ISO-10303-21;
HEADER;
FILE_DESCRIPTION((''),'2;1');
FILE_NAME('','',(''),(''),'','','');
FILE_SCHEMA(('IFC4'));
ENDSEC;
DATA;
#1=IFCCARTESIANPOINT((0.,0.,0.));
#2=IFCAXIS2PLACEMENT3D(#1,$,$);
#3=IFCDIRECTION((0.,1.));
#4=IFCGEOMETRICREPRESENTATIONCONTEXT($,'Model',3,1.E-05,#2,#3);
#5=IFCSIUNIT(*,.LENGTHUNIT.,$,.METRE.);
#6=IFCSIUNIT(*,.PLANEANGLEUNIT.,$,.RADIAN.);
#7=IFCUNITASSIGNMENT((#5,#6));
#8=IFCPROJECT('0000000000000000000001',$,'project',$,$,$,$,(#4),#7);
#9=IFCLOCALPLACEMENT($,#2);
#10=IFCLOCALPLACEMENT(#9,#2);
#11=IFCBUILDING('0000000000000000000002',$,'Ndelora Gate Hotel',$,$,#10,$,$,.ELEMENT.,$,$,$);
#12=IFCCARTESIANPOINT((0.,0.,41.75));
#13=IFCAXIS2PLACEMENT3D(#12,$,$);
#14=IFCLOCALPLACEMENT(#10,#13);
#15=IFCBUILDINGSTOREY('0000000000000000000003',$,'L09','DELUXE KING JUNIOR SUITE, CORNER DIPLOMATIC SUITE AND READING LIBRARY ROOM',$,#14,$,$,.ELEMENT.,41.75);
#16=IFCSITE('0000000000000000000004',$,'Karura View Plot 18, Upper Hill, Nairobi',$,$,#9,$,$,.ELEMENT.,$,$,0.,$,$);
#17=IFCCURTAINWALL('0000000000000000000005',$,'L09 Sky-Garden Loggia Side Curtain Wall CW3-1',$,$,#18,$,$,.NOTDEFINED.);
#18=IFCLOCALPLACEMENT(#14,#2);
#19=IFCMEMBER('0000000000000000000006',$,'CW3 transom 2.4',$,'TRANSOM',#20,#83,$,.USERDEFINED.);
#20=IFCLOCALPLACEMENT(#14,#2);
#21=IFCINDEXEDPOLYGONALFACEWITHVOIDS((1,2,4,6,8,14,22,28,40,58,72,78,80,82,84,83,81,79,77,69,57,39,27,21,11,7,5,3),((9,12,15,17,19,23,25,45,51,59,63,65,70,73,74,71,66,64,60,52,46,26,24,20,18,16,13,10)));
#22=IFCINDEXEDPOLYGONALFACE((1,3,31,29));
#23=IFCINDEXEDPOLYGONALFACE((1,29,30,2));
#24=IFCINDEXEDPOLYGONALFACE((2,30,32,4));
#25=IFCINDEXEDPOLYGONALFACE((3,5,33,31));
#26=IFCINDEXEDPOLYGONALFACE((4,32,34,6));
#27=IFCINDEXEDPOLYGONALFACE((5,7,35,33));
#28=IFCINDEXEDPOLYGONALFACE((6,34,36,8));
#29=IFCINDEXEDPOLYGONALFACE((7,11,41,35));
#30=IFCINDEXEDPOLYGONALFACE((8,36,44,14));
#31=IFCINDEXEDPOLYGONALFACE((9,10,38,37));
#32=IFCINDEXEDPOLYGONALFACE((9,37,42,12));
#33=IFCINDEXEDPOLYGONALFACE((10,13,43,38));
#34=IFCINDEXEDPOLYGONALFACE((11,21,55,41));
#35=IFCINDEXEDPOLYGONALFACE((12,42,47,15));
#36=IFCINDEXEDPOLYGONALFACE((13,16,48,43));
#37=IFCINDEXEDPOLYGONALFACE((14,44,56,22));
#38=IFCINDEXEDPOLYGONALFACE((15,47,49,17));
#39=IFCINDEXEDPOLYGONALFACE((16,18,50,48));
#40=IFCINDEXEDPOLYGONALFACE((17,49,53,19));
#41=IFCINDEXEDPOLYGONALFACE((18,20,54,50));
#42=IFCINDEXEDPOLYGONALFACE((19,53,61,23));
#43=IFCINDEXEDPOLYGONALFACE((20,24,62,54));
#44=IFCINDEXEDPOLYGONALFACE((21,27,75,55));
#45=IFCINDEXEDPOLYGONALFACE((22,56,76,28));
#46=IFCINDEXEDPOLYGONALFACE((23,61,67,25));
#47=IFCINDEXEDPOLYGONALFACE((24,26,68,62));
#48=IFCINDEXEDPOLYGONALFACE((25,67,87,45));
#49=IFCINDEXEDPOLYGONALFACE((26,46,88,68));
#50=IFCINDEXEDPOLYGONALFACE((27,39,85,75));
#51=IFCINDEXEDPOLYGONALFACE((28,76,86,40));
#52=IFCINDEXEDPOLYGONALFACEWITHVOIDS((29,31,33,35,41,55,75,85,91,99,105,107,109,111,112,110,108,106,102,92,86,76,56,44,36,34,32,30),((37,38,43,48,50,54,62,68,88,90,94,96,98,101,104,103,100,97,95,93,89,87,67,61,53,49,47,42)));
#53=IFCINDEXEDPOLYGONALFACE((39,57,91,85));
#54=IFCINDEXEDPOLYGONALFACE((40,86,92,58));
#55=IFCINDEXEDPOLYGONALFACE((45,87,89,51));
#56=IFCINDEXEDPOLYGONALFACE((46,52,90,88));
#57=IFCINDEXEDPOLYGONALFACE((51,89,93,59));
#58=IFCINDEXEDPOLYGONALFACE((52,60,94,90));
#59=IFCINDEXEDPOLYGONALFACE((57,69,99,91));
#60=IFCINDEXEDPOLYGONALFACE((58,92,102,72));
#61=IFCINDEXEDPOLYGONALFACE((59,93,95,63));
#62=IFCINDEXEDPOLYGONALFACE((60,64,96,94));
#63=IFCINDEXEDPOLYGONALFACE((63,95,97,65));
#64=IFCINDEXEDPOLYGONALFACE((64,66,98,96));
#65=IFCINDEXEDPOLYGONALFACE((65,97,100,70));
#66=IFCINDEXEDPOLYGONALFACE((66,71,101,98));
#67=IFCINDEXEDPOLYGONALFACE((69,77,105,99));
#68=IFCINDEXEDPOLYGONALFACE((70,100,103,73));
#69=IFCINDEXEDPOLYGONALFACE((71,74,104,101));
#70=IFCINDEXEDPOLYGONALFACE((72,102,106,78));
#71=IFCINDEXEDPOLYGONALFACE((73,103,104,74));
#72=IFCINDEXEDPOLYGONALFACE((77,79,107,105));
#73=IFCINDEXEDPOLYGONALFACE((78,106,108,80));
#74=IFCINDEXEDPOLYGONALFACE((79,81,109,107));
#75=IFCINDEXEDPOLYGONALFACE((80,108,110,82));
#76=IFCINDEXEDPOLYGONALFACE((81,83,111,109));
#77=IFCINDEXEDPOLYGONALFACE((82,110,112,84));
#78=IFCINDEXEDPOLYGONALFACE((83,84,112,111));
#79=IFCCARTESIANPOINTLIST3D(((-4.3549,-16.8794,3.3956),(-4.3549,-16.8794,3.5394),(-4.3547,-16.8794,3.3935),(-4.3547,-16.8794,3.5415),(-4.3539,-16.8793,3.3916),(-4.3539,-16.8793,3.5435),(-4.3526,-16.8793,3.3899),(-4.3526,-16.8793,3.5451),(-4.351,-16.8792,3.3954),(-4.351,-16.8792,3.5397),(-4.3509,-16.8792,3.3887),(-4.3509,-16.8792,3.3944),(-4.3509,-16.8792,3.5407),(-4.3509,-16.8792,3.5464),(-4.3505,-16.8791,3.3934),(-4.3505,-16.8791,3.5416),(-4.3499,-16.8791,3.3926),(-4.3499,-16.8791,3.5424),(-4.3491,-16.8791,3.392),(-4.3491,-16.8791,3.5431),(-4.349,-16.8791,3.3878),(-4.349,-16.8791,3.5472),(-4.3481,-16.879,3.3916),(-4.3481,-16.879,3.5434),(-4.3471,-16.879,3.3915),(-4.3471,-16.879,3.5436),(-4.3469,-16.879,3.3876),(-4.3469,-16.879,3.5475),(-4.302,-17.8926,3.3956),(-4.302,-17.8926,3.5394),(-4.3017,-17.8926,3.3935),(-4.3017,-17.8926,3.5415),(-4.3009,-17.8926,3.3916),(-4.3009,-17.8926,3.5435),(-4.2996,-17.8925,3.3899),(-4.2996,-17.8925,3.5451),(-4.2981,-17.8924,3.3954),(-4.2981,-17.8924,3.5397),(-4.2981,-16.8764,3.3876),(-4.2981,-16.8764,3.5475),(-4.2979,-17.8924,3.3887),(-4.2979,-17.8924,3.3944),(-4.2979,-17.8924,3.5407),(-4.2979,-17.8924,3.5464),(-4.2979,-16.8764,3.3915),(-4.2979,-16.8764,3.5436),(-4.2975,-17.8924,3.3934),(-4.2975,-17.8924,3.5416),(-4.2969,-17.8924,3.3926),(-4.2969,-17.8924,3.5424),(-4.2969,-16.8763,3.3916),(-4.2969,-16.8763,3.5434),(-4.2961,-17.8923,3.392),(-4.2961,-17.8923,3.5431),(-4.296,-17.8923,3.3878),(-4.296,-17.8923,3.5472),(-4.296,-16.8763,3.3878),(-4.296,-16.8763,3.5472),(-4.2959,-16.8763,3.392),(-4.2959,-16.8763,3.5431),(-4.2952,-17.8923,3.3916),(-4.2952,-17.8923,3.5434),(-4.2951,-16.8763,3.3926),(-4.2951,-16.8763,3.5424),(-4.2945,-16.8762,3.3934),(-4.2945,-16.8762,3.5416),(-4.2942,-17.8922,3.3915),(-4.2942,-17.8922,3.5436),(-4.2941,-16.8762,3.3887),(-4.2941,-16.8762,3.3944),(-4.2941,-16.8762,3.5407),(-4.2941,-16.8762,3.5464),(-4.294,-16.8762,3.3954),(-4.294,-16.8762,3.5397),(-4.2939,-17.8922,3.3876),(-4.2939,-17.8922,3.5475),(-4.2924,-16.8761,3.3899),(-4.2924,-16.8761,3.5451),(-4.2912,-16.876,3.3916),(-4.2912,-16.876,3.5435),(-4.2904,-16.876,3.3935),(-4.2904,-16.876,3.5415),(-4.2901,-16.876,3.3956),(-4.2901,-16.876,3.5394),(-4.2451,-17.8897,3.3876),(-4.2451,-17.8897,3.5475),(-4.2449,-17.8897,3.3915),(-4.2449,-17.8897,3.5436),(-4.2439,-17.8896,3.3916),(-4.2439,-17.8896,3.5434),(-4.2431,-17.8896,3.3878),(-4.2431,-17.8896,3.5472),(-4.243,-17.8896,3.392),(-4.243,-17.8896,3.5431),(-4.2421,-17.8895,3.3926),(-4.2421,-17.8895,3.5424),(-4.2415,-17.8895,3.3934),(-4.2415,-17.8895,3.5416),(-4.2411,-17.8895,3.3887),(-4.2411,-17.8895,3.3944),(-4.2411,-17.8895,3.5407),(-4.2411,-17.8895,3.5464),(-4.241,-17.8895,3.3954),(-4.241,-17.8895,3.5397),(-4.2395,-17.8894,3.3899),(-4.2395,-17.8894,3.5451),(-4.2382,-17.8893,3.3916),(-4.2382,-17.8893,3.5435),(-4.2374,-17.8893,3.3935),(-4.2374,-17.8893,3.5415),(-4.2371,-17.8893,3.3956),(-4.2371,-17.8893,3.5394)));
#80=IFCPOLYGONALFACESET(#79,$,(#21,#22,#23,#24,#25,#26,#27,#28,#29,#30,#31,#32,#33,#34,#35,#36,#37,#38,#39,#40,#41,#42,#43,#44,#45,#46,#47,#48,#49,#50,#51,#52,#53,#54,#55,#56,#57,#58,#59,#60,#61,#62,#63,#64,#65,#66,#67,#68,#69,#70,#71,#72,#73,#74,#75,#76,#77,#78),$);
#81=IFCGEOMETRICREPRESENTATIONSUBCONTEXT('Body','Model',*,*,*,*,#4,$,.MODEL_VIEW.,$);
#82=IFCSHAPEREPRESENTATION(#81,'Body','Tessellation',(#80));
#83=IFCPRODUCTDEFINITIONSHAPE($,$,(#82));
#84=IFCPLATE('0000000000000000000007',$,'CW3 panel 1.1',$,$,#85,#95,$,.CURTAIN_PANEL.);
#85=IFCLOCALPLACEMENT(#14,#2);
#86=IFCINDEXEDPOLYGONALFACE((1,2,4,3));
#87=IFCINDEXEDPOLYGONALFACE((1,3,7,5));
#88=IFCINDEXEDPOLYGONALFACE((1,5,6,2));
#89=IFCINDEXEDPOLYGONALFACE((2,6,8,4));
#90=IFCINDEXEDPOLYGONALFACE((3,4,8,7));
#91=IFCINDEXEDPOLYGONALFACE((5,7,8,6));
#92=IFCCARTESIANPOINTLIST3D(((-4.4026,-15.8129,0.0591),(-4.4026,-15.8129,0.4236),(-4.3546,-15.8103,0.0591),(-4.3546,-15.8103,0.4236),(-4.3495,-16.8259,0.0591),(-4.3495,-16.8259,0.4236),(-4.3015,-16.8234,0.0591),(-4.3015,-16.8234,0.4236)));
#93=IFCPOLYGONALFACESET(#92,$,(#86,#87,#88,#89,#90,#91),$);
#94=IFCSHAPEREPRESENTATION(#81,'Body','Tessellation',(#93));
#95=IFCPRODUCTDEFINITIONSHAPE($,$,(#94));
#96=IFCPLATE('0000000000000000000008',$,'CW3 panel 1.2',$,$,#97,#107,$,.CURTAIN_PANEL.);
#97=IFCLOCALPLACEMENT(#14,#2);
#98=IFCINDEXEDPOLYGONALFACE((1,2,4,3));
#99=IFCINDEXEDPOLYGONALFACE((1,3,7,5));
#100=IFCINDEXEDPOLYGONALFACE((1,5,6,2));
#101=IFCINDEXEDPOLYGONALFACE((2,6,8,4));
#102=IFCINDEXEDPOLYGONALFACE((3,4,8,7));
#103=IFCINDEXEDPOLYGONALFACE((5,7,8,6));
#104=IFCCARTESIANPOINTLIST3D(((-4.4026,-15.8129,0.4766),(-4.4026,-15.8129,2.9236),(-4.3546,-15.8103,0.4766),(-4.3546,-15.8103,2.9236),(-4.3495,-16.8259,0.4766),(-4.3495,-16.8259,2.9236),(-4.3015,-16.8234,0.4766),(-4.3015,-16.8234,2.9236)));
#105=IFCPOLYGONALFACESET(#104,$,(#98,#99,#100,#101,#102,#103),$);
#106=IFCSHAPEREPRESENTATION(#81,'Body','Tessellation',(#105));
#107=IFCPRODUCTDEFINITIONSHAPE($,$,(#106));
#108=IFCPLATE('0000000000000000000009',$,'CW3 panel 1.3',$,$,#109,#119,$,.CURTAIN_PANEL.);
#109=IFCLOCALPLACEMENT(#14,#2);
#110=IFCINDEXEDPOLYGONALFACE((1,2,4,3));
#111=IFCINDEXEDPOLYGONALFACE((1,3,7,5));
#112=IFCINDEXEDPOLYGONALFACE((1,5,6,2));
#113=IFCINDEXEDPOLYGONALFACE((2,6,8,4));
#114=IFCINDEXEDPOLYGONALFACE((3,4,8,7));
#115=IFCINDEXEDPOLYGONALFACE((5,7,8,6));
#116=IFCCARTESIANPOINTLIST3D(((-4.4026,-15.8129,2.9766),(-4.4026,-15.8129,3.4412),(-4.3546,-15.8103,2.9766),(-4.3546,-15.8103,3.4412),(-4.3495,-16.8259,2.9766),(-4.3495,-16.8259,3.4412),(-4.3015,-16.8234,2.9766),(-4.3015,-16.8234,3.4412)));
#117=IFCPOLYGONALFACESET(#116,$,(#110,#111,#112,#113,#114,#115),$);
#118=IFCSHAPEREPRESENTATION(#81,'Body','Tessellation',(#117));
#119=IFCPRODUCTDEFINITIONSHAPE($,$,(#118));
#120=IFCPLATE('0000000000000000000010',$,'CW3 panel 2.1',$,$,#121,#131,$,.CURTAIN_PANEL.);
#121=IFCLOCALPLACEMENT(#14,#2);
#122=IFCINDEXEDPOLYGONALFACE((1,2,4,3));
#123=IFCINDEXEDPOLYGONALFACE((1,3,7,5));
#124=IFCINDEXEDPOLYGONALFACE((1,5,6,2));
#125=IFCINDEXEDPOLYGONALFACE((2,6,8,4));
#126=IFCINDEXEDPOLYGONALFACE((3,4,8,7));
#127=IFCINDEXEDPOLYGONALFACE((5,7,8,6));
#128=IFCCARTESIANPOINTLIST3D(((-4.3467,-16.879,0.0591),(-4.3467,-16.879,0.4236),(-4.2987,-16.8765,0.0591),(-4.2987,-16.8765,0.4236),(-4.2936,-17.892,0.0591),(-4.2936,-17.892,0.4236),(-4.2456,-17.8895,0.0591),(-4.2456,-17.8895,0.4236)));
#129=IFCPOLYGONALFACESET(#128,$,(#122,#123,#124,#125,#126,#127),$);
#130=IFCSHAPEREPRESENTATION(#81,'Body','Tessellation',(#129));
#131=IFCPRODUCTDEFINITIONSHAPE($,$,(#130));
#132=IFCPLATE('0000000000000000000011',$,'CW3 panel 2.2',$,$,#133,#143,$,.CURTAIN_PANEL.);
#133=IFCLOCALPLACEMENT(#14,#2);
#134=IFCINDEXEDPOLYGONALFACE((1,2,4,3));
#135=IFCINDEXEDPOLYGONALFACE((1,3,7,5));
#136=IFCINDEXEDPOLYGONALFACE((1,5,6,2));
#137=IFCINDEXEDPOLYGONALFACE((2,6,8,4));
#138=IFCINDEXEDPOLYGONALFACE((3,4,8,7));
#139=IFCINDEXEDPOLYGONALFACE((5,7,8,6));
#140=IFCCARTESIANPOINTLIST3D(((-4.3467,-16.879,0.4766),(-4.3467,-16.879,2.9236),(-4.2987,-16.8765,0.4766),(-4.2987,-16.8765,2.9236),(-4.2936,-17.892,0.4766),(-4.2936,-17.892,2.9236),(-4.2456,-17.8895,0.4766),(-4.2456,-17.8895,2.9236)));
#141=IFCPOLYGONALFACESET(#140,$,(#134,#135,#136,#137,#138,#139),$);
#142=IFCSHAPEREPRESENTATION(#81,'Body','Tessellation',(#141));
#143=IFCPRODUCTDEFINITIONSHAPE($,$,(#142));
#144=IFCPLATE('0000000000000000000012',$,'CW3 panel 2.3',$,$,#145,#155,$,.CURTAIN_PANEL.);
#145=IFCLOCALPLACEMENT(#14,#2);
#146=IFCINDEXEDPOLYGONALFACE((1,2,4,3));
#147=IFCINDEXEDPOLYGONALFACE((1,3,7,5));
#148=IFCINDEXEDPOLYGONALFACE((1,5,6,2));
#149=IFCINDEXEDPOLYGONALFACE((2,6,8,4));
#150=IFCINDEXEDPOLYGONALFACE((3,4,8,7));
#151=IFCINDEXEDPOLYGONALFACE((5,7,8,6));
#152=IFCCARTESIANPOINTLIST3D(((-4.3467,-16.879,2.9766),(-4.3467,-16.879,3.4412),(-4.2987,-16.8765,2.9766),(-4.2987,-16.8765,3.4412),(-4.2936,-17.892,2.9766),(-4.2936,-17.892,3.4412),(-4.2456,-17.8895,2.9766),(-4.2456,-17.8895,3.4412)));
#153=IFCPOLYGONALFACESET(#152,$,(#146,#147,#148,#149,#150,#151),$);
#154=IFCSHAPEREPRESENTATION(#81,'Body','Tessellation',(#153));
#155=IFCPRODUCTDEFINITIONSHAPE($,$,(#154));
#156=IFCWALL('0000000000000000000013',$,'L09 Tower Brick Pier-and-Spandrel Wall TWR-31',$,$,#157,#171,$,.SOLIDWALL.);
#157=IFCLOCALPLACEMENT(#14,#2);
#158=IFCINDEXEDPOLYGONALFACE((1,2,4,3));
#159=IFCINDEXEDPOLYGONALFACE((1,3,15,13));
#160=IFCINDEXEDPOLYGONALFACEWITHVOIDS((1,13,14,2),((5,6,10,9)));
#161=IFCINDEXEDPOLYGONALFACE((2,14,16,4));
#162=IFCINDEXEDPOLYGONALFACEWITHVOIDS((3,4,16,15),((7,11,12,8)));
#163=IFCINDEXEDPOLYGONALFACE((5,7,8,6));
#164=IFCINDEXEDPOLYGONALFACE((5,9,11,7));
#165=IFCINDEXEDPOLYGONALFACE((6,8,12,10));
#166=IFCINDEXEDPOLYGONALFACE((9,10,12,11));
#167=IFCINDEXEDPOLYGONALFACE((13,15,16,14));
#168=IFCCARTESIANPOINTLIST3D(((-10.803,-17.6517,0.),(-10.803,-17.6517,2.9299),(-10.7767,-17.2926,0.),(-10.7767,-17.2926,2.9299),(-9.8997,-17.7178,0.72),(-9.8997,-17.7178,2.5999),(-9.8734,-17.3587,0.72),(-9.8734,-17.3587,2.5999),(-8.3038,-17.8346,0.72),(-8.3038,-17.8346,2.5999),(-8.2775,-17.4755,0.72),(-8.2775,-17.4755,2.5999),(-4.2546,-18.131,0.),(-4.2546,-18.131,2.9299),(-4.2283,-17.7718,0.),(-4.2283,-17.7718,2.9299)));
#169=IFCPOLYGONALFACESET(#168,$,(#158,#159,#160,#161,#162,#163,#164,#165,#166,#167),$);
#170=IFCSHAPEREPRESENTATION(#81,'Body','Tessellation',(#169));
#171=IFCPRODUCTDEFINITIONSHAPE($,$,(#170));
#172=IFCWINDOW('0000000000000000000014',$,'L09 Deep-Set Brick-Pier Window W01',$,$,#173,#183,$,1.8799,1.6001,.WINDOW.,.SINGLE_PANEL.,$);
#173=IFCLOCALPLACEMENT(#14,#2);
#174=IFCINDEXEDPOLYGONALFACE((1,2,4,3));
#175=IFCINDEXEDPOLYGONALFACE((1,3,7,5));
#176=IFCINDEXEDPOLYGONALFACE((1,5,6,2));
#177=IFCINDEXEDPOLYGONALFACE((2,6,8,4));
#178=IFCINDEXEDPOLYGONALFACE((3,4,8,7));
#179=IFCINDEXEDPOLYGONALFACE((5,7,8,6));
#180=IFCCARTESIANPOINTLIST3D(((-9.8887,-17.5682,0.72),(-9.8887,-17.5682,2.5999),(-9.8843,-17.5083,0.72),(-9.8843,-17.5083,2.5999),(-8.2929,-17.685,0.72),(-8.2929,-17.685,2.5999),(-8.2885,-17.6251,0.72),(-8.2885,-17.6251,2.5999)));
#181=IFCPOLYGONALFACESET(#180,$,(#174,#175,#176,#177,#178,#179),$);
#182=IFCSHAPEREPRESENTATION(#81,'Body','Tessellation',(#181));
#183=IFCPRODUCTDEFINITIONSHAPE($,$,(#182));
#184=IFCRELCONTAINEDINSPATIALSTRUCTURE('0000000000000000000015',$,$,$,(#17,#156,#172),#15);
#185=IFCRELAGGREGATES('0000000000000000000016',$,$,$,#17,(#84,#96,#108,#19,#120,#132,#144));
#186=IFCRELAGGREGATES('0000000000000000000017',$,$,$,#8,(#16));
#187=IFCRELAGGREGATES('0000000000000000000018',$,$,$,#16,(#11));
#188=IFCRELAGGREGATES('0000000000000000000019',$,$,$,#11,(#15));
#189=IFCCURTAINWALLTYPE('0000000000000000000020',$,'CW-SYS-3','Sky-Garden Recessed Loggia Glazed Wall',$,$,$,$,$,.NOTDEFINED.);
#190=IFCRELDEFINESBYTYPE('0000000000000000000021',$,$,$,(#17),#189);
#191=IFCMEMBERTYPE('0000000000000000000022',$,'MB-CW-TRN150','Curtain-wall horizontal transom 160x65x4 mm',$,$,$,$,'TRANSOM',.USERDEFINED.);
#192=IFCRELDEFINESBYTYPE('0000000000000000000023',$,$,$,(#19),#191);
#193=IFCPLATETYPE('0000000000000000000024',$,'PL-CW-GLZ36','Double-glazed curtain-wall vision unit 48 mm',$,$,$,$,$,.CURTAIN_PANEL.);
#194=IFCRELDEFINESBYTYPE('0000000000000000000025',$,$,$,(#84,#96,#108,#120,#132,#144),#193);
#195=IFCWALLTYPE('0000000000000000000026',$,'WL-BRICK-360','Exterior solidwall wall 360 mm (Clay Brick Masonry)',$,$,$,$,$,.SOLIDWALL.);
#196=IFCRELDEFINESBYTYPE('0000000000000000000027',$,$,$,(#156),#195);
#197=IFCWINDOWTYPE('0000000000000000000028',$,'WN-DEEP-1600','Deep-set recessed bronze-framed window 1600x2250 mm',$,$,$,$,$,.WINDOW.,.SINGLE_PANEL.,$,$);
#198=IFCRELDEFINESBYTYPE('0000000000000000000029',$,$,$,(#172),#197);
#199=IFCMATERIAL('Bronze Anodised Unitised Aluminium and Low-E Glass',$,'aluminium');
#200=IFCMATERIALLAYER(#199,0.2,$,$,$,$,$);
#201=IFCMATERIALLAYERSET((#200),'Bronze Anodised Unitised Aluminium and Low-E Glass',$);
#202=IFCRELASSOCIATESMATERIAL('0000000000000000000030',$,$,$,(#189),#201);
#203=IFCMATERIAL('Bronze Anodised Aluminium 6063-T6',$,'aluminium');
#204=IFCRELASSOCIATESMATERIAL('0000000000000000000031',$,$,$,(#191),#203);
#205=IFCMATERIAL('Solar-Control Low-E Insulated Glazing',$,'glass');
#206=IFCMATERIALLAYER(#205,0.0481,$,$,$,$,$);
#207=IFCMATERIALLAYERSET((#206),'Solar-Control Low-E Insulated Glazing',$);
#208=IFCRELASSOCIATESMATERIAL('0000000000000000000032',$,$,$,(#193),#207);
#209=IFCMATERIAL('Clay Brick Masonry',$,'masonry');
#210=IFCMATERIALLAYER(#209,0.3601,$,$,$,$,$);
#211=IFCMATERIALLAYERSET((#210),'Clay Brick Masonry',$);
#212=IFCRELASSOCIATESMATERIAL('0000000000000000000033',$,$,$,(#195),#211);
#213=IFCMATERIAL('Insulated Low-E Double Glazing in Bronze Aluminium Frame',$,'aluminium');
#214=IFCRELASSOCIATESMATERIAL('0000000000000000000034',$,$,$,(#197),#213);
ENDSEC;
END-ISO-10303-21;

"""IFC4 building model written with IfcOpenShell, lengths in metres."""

from ifc_helpers import new_model, si_unit, direction, frame, frame_2d, origin, origin_2d, place, context, subcontext, project, spatial, rectangle, hollow_rectangle, extrude, material, layer, layer_set, material_profile, profile_set, type_object, element, fill, aggregate, save


model = new_model("IFC4")

# Units and contexts
model_context = context("Model", 3, precision=1e-05, world=origin(), true_north=direction((0.0, 1.0)))
body_context = subcontext(model_context, "Body", "Model", "MODEL_VIEW")
ifc_project = project(units=[si_unit("LENGTHUNIT", "METRE"), si_unit("PLANEANGLEUNIT", "RADIAN")], contexts=[model_context])

# Site, building, storey
site_placement = place(None, origin())
site = spatial("IfcSite", under=ifc_project, at=site_placement, Name="Karura View Plot 18, Upper Hill, Nairobi", CompositionType="ELEMENT", RefElevation=0.0)
building_placement = place(site_placement, origin())
building = spatial("IfcBuilding", under=site, at=building_placement, Name="Ndelora Gate Hotel", CompositionType="ELEMENT")
storey_placement = place(building_placement, frame((0.0, 0.0, 41.75)))
storey = spatial("IfcBuildingStorey", under=building, at=storey_placement, Name="L09", Description="DELUXE KING JUNIOR SUITE, CORNER DIPLOMATIC SUITE AND READING LIBRARY ROOM", CompositionType="ELEMENT", Elevation=41.75)

# Curtain wall, member, plates
ifc_material_1 = material(Name="Bronze Anodised Unitised Aluminium and Low-E Glass", Category="aluminium")
ifc_layer_1 = layer(ifc_material_1, 0.2)
ifc_layer_set_1 = layer_set([ifc_layer_1], Name="Bronze Anodised Unitised Aluminium and Low-E Glass")
curtain_wall_type = type_object("IfcCurtainWallType", Name="CW-SYS-3", Description="Sky-Garden Recessed Loggia Glazed Wall", PredefinedType="NOTDEFINED", material=ifc_layer_set_1)
curtain_wall_placement = place(storey_placement, origin())
curtain_wall = element("IfcCurtainWall", 1, at=curtain_wall_placement, inside=storey, type_object=curtain_wall_type, Name="L09 Sky-Garden Loggia Side Curtain Wall CW3-1", PredefinedType="NOTDEFINED")
ifc_material_2 = material(Name="Bronze Anodised Aluminium 6063-T6", Category="aluminium")
ifc_material_profile_1 = material_profile(ifc_material_2, hollow_rectangle(XDim=0.0649, YDim=0.1599, WallThickness=0.0039, InnerFilletRadius=0.0039, OuterFilletRadius=0.0081, at=origin_2d()), Name="ALU 160x65x4")
ifc_profile_set_1 = profile_set([ifc_material_profile_1], Name="Bronze Anodised Aluminium 6063-T6")
member_type_1 = type_object("IfcMemberType", Name="MB-CW-TRN150", Description="Curtain-wall horizontal transom 160x65x4 mm", ElementType="TRANSOM", PredefinedType="USERDEFINED", material=ifc_profile_set_1)
member_1_placement = place(storey_placement, frame((-4.3225, -16.8777, 3.4675), z_axis=(0.052218, -0.998636, 0.0), x_axis=(0.998636, 0.052218, 0.0)))
member_1 = element("IfcMember", 2, at=member_1_placement, type_object=member_type_1, Name="CW3 transom 2.4", ObjectType="TRANSOM", PredefinedType="USERDEFINED", context=body_context, shape_type="SweptSolid", body=[
    extrude(hollow_rectangle(XDim=0.0649, YDim=0.1599, WallThickness=0.0039, InnerFilletRadius=0.0039, OuterFilletRadius=0.0081, at=origin_2d()), origin(), (0.0, 0.0, 1.0), 1.0146),
])
ifc_material_3 = material(Name="Solar-Control Low-E Insulated Glazing", Category="glass")
ifc_layer_2 = layer(ifc_material_3, 0.0481)
ifc_layer_set_2 = layer_set([ifc_layer_2], Name="Solar-Control Low-E Insulated Glazing")
plate_type = type_object("IfcPlateType", Name="PL-CW-GLZ36", Description="Double-glazed curtain-wall vision unit 48 mm", PredefinedType="CURTAIN_PANEL", material=ifc_layer_set_2)
plate_1_placement = place(storey_placement, frame((-4.3521, -16.3181, 0.0591), z_axis=(0.0, 0.0, 1.0), x_axis=(0.052363, -0.998628, 0.0)))
plate_1 = element("IfcPlate", 3, at=plate_1_placement, type_object=plate_type, Name="CW3 panel 1.1", PredefinedType="CURTAIN_PANEL", context=body_context, shape_type="SweptSolid", body=[
    extrude(rectangle(XDim=1.0144, YDim=0.0481, at=origin_2d()), origin(), (0.0, 0.0, 1.0), 0.3645),
])
plate_2_placement = place(storey_placement, frame((-4.3521, -16.3181, 0.4766), z_axis=(0.0, 0.0, 1.0), x_axis=(0.052363, -0.998628, 0.0)))
plate_2 = element("IfcPlate", 4, at=plate_2_placement, type_object=plate_type, Name="CW3 panel 1.2", PredefinedType="CURTAIN_PANEL", context=body_context, shape_type="SweptSolid", body=[
    extrude(rectangle(XDim=1.0144, YDim=0.0481, at=origin_2d()), origin(), (0.0, 0.0, 1.0), 2.447),
])
plate_3_placement = place(storey_placement, frame((-4.3521, -16.3181, 2.9766), z_axis=(0.0, 0.0, 1.0), x_axis=(0.052363, -0.998628, 0.0)))
plate_3 = element("IfcPlate", 5, at=plate_3_placement, type_object=plate_type, Name="CW3 panel 1.3", PredefinedType="CURTAIN_PANEL", context=body_context, shape_type="SweptSolid", body=[
    extrude(rectangle(XDim=1.0144, YDim=0.0481, at=origin_2d()), origin(), (0.0, 0.0, 1.0), 0.4646),
])
plate_4_placement = place(storey_placement, frame((-4.2961, -17.3843, 0.0591), z_axis=(0.0, 0.0, 1.0), x_axis=(0.052363, -0.998628, 0.0)))
plate_4 = element("IfcPlate", 6, at=plate_4_placement, type_object=plate_type, Name="CW3 panel 2.1", PredefinedType="CURTAIN_PANEL", context=body_context, shape_type="SweptSolid", body=[
    extrude(rectangle(XDim=1.0144, YDim=0.0481, at=origin_2d()), origin(), (0.0, 0.0, 1.0), 0.3645),
])
plate_5_placement = place(storey_placement, frame((-4.2961, -17.3843, 0.4766), z_axis=(0.0, 0.0, 1.0), x_axis=(0.052363, -0.998628, 0.0)))
plate_5 = element("IfcPlate", 7, at=plate_5_placement, type_object=plate_type, Name="CW3 panel 2.2", PredefinedType="CURTAIN_PANEL", context=body_context, shape_type="SweptSolid", body=[
    extrude(rectangle(XDim=1.0144, YDim=0.0481, at=origin_2d()), origin(), (0.0, 0.0, 1.0), 2.447),
])
plate_6_placement = place(storey_placement, frame((-4.2961, -17.3843, 2.9766), z_axis=(0.0, 0.0, 1.0), x_axis=(0.052363, -0.998628, 0.0)))
plate_6 = element("IfcPlate", 8, at=plate_6_placement, type_object=plate_type, Name="CW3 panel 2.3", PredefinedType="CURTAIN_PANEL", context=body_context, shape_type="SweptSolid", body=[
    extrude(rectangle(XDim=1.0144, YDim=0.0481, at=origin_2d()), origin(), (0.0, 0.0, 1.0), 0.4646),
])
aggregate(curtain_wall, [plate_1, plate_2, plate_3, member_1, plate_4, plate_5, plate_6])

# Wall, opening, window
ifc_material_4 = material(Name="Clay Brick Masonry", Category="masonry")
ifc_layer_3 = layer(ifc_material_4, 0.3601)
ifc_layer_set_3 = layer_set([ifc_layer_3], Name="Clay Brick Masonry")
wall_type = type_object("IfcWallType", Name="WL-BRICK-360", Description="Exterior solidwall wall 360 mm (Clay Brick Masonry)", PredefinedType="SOLIDWALL", material=ifc_layer_set_3)
wall_placement = place(storey_placement, frame((-4.2415, -17.9514, 0.0), z_axis=(0.0, 0.0, 1.0), x_axis=(-0.997333, 0.072991, 0.0)))
wall = element("IfcWall", 9, at=wall_placement, inside=storey, type_object=wall_type, Name="L09 Tower Brick Pier-and-Spandrel Wall TWR-31", PredefinedType="SOLIDWALL", context=body_context, shape_type="SweptSolid", body=[
    extrude(rectangle(XDim=6.5659, YDim=0.3601, at=frame_2d((3.283, 0.0))), origin(), (0.0, 0.0, 1.0), 2.9299),
])
opening_placement = place(wall_placement, frame((4.0601, 0.0, 0.72)))
opening = element("IfcOpeningElement", 10, at=opening_placement, cuts=wall, PredefinedType="OPENING", context=body_context, shape_type="SweptSolid", body=[
    extrude(rectangle(XDim=1.6001, YDim=1.8799, at=frame_2d((0.8, 0.9399))), frame((0.0, 0.1899, 0.0), z_axis=(0.0, -1.0, 0.0), x_axis=(1.0, 0.0, 0.0)), (0.0, 0.0, 1.0), 0.3801),
])
ifc_material_5 = material(Name="Insulated Low-E Double Glazing in Bronze Aluminium Frame", Category="aluminium")
window_type = type_object("IfcWindowType", Name="WN-DEEP-1600", Description="Deep-set recessed bronze-framed window 1600x2250 mm", PartitioningType="SINGLE_PANEL", PredefinedType="WINDOW", material=ifc_material_5)
window_placement = place(opening_placement, origin())
window = element("IfcWindow", 11, at=window_placement, inside=storey, type_object=window_type, Name="L09 Deep-Set Brick-Pier Window W01", OverallHeight=1.8799, OverallWidth=1.6001, PartitioningType="SINGLE_PANEL", PredefinedType="WINDOW", context=body_context, shape_type="SweptSolid", body=[
    extrude(rectangle(XDim=1.6001, YDim=1.8799, at=frame_2d((0.8, 0.9399))), frame((0.0, 0.03, 0.0), z_axis=(0.0, -1.0, 0.0), x_axis=(1.0, 0.0, 0.0)), (0.0, 0.0, 1.0), 0.0601),
])
fill(opening, window)

save(model, "model.ifc")
